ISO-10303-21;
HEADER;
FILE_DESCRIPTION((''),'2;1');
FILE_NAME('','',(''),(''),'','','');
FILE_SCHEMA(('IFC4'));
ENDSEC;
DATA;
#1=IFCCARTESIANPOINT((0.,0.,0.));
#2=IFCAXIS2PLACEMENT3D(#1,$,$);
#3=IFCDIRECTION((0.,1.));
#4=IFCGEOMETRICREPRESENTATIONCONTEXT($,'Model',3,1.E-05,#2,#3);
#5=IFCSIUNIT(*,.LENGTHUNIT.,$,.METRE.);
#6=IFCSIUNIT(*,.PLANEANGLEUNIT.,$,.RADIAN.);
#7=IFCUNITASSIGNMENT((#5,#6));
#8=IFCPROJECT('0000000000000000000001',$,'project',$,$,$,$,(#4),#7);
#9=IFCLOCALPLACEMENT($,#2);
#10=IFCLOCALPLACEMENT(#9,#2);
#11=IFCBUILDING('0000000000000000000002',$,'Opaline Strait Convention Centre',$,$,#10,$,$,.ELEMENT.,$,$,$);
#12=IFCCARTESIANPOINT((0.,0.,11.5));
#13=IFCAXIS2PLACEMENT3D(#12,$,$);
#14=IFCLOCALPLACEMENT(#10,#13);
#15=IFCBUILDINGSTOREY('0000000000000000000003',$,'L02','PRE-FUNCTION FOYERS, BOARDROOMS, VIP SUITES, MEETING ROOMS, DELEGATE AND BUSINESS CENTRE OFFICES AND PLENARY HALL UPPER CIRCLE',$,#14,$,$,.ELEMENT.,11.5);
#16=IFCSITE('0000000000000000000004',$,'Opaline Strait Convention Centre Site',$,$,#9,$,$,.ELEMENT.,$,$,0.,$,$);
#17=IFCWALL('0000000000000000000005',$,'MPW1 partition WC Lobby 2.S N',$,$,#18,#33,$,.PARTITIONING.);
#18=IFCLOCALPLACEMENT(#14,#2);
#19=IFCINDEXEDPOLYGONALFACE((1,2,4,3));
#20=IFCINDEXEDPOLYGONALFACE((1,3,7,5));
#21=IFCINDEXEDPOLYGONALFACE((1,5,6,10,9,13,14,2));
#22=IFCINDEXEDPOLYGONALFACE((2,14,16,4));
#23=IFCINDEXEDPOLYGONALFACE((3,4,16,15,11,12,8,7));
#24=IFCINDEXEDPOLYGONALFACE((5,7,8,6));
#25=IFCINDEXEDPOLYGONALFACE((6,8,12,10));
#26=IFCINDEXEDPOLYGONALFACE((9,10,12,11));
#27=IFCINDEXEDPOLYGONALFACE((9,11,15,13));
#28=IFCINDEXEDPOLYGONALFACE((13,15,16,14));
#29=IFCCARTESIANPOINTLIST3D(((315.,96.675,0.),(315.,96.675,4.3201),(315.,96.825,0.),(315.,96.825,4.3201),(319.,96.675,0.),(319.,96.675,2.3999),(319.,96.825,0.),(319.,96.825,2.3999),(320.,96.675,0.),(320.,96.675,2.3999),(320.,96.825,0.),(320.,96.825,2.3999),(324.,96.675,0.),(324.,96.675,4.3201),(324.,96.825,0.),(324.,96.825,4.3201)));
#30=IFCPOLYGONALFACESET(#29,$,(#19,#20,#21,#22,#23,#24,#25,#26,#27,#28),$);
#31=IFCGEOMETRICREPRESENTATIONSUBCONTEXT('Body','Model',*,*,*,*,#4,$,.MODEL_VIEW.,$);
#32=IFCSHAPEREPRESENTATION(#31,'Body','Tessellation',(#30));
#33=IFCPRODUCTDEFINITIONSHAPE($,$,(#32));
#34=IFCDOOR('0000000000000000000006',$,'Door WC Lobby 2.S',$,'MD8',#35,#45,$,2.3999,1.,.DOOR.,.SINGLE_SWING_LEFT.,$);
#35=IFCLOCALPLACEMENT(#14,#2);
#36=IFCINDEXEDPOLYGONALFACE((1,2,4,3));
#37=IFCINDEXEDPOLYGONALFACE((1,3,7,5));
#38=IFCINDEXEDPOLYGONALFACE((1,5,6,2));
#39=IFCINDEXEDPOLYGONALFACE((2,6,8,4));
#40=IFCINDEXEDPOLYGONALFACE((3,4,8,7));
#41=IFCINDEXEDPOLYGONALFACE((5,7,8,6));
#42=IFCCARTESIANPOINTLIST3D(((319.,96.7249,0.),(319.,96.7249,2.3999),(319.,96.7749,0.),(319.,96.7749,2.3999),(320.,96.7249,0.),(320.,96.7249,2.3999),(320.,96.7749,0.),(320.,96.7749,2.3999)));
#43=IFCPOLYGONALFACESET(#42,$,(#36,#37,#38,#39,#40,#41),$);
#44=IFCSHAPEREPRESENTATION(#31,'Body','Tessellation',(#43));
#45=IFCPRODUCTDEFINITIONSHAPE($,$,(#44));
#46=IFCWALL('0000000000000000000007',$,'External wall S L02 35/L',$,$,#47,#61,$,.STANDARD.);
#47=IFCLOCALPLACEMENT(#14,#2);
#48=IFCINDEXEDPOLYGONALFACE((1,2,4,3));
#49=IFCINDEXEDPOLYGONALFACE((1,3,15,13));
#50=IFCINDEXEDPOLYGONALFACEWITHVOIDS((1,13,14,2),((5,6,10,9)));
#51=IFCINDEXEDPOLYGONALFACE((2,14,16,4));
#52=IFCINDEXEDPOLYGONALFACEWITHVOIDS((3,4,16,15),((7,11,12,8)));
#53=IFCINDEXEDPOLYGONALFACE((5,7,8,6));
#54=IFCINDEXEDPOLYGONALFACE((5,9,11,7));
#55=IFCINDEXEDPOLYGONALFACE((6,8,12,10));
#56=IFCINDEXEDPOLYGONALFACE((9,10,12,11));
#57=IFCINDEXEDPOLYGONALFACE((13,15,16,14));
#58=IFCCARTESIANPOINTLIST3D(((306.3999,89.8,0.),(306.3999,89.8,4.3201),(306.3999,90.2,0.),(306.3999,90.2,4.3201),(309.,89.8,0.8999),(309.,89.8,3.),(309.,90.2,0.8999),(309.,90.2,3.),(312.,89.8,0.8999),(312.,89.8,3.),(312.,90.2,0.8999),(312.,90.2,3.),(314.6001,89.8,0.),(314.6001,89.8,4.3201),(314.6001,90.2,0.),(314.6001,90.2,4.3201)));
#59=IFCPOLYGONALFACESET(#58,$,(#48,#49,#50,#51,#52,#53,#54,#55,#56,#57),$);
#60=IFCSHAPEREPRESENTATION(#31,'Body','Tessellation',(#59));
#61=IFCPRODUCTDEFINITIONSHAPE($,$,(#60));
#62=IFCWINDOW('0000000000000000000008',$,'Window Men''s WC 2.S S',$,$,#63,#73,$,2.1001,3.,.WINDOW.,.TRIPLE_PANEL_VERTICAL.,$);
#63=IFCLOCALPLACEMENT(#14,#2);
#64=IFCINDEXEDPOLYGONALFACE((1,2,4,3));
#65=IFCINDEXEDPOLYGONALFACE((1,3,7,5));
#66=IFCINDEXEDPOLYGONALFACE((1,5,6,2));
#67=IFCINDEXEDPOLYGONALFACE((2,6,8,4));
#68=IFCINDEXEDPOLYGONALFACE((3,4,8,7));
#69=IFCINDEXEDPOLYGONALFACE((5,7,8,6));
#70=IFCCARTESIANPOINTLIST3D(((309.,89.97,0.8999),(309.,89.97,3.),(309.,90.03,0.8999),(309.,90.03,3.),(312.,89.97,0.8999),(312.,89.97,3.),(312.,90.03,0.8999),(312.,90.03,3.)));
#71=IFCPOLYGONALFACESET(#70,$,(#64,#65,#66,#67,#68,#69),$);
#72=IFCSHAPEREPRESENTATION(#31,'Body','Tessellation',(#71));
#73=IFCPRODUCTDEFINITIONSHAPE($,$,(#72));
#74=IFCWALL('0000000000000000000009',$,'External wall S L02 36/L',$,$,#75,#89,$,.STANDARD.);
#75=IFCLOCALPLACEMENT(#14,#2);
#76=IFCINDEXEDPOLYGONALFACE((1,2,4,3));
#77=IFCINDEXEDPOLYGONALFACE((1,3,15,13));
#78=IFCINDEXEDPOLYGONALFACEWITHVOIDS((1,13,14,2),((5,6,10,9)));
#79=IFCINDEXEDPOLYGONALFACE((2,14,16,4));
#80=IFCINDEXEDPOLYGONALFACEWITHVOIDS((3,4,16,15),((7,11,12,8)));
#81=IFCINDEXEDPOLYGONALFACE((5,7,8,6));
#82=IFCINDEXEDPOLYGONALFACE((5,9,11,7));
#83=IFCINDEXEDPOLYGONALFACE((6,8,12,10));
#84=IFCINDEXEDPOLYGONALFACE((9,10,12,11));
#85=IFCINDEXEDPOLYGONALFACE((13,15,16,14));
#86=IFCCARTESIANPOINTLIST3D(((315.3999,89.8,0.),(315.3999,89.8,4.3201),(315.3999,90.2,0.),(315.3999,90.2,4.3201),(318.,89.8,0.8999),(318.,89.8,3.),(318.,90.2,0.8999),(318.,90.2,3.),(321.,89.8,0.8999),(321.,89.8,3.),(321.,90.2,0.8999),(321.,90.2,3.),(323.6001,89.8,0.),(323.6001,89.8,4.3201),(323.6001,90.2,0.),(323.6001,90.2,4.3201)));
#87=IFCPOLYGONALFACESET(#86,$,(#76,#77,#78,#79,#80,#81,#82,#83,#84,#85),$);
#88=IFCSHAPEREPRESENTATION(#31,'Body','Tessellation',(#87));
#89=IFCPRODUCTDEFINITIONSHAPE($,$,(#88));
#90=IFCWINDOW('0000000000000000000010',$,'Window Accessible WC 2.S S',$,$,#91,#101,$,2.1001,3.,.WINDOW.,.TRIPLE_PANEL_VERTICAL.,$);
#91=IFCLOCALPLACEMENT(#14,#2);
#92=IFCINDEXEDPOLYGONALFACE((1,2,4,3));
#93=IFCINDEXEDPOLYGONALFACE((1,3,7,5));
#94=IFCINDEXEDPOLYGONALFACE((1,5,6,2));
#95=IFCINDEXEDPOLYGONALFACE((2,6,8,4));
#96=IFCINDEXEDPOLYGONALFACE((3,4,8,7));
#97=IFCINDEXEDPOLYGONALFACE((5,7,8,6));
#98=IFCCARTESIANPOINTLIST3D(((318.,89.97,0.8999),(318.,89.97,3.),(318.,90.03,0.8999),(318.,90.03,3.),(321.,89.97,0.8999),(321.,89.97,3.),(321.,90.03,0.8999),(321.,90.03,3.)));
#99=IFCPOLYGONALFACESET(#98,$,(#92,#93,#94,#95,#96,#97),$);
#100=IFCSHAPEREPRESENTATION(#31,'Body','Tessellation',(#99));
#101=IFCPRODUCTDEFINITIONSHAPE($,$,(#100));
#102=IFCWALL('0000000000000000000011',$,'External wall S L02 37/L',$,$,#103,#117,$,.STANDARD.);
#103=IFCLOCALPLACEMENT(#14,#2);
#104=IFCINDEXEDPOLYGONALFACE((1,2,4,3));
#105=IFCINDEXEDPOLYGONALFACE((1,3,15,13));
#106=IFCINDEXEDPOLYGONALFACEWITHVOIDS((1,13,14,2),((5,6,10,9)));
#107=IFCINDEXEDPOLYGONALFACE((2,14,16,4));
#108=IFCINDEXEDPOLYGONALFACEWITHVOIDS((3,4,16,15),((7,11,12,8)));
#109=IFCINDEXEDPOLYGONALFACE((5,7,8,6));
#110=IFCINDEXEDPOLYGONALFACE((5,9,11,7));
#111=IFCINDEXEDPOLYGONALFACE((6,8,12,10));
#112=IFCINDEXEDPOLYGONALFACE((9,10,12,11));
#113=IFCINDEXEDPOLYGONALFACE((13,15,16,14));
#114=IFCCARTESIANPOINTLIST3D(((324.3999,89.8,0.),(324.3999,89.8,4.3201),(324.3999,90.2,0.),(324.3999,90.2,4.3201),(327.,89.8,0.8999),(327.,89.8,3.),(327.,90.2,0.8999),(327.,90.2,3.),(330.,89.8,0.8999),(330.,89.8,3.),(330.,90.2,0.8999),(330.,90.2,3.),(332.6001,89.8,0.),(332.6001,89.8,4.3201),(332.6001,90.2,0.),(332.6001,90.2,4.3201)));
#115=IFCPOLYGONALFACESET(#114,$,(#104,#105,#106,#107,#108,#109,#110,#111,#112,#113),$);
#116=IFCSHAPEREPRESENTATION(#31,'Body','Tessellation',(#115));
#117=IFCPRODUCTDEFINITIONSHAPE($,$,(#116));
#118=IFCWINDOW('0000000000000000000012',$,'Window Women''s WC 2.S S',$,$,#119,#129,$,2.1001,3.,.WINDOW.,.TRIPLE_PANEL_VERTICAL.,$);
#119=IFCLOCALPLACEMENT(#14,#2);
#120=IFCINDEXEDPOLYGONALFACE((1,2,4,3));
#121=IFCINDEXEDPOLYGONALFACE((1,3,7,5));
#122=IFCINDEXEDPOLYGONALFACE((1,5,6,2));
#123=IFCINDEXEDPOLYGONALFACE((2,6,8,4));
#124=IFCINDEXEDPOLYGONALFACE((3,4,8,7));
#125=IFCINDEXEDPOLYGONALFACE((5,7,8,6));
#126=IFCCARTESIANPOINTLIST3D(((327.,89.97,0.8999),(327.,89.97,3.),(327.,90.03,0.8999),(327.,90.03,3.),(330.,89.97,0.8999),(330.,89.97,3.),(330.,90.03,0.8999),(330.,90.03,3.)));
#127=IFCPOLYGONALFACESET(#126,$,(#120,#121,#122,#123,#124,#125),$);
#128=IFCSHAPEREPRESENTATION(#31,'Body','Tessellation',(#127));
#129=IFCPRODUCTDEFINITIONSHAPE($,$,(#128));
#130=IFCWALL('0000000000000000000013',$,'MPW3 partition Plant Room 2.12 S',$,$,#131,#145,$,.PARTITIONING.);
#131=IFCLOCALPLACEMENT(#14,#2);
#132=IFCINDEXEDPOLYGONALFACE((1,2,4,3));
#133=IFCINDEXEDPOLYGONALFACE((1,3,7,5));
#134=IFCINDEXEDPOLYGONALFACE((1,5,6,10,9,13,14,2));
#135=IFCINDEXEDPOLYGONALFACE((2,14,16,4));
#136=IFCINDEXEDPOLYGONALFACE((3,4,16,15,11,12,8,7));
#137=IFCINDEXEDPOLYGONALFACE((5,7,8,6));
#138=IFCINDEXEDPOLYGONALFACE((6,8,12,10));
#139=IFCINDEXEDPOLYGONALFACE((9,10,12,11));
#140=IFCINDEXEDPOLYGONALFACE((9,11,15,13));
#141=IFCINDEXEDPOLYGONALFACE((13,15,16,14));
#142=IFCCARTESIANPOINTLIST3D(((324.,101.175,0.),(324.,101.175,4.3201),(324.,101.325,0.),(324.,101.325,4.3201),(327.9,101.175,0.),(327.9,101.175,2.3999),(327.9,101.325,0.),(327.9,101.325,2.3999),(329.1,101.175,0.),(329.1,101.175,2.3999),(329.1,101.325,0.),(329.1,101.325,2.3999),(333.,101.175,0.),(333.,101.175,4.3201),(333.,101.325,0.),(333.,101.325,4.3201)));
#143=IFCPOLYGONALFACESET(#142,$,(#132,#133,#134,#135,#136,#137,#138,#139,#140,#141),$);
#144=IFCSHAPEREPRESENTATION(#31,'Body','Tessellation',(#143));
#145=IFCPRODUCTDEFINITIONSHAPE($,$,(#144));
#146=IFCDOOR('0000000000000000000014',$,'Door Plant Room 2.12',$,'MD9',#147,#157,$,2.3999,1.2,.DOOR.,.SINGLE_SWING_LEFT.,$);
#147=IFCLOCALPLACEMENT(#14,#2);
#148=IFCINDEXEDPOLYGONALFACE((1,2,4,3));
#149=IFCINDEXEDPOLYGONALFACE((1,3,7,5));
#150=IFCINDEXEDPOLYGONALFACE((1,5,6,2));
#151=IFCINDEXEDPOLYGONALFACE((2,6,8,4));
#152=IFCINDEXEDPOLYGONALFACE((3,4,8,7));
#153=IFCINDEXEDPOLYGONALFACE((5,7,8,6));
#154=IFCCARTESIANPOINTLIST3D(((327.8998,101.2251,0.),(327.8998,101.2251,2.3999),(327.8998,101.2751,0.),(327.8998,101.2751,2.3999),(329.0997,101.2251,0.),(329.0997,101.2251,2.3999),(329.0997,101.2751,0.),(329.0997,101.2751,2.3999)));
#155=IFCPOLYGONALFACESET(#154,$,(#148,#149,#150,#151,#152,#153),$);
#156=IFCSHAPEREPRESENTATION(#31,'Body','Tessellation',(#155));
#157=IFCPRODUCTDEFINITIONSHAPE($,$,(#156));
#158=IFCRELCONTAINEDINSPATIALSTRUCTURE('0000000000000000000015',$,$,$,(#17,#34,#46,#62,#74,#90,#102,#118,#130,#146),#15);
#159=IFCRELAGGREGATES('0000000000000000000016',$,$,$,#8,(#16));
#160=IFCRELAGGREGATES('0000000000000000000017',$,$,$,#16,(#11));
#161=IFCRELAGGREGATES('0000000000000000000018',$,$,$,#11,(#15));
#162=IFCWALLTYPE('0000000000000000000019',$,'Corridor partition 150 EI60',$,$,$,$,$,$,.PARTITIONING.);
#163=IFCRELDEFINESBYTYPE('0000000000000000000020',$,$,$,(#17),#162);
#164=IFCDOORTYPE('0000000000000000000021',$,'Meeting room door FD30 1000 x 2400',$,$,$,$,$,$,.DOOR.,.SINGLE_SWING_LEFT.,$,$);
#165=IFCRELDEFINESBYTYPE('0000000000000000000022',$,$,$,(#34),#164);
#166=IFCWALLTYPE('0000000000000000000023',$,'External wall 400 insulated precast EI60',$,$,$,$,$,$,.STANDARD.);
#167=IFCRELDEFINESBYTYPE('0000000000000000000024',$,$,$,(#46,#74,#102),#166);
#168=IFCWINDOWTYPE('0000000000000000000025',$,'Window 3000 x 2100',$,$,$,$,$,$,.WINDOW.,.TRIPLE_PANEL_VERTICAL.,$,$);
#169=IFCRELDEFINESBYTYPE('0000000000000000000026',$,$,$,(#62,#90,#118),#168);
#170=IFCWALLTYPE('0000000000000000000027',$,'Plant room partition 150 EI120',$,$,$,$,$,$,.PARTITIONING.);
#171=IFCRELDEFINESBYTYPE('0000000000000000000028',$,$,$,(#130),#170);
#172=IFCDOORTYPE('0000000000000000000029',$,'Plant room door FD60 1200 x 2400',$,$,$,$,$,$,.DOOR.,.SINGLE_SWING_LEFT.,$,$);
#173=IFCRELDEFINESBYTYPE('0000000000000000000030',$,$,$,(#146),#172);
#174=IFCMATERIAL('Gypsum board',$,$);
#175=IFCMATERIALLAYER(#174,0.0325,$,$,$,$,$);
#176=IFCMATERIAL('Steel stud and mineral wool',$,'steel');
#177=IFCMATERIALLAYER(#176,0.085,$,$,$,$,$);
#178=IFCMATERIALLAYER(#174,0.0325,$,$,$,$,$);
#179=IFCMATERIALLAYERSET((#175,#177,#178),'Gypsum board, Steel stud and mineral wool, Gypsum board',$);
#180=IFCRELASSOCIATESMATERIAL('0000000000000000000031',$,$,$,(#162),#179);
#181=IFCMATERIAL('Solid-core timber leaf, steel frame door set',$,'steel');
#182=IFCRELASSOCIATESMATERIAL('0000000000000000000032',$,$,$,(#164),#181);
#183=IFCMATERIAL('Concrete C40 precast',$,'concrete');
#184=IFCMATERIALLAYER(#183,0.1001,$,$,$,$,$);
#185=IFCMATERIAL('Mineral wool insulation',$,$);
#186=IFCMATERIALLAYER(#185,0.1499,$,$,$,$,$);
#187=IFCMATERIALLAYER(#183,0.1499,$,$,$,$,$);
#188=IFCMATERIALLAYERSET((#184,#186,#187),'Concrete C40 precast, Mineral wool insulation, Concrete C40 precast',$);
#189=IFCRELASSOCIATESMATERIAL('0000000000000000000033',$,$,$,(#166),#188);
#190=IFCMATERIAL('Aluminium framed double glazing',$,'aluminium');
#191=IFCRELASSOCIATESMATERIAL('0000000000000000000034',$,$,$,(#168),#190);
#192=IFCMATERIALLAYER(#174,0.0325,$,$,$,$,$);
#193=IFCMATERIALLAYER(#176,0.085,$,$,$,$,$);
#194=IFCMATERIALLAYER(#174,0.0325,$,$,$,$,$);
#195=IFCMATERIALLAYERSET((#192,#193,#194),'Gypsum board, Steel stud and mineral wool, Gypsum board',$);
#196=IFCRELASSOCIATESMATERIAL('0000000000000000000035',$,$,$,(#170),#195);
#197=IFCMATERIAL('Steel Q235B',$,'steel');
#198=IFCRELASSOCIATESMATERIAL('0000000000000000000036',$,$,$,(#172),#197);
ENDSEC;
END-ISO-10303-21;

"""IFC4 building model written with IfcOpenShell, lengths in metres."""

from ifc_helpers import new_model, si_unit, direction, frame, frame_2d, origin, place, context, subcontext, project, spatial, rectangle, extrude, material, layer, layer_set, type_object, element, fill, save


model = new_model("IFC4")

# Units and contexts
model_context = context("Model", 3, precision=1e-05, world=origin(), true_north=direction((0.0, 1.0)))
body_context = subcontext(model_context, "Body", "Model", "MODEL_VIEW")
ifc_project = project(units=[si_unit("LENGTHUNIT", "METRE"), si_unit("PLANEANGLEUNIT", "RADIAN")], contexts=[model_context])

# Site, building, storey
site_placement = place(None, origin())
site = spatial("IfcSite", under=ifc_project, at=site_placement, Name="Opaline Strait Convention Centre Site", CompositionType="ELEMENT", RefElevation=0.0)
building_placement = place(site_placement, origin())
building = spatial("IfcBuilding", under=site, at=building_placement, Name="Opaline Strait Convention Centre", CompositionType="ELEMENT")
storey_placement = place(building_placement, frame((0.0, 0.0, 11.5)))
storey = spatial("IfcBuildingStorey", under=building, at=storey_placement, Name="L02", Description="PRE-FUNCTION FOYERS, BOARDROOMS, VIP SUITES, MEETING ROOMS, DELEGATE AND BUSINESS CENTRE OFFICES AND PLENARY HALL UPPER CIRCLE", CompositionType="ELEMENT", Elevation=11.5)

# Shared definitions
ifc_material_1 = material(Name="Gypsum board")
ifc_layer_1 = layer(ifc_material_1, 0.0325)
ifc_material_2 = material(Name="Steel stud and mineral wool", Category="steel")
ifc_layer_2 = layer(ifc_material_2, 0.085)
ifc_layer_3 = layer(ifc_material_1, 0.0325)
ifc_layer_set_1 = layer_set([ifc_layer_1, ifc_layer_2, ifc_layer_3], Name="Gypsum board, Steel stud and mineral wool, Gypsum board")
wall_type_1 = type_object("IfcWallType", Name="Corridor partition 150 EI60", PredefinedType="PARTITIONING", material=ifc_layer_set_1)

# Wall, opening, door
wall_1_placement = place(storey_placement, frame((315.0, 96.75, 0.0), z_axis=(0.0, 0.0, 1.0), x_axis=(1.0, 0.0, 0.0)))
wall_1 = element("IfcWall", 1, at=wall_1_placement, inside=storey, type_object=wall_type_1, Name="MPW1 partition WC Lobby 2.S N", PredefinedType="PARTITIONING", context=body_context, shape_type="SweptSolid", body=[
    extrude(rectangle(XDim=9.0, YDim=0.1499, at=frame_2d((4.5, 0.0))), origin(), (0.0, 0.0, 1.0), 4.3201),
])
opening_1_placement = place(wall_1_placement, frame((4.0, 0.0, 0.0)))
opening_1 = element("IfcOpeningElement", 2, at=opening_1_placement, cuts=wall_1, PredefinedType="OPENING", context=body_context, shape_type="SweptSolid", body=[
    extrude(rectangle(XDim=1.0, YDim=2.3999, at=frame_2d((0.5, 1.2))), frame((0.0, 0.085, 0.0), z_axis=(0.0, -1.0, 0.0), x_axis=(1.0, 0.0, 0.0)), (0.0, 0.0, 1.0), 0.1699),
])
ifc_material_3 = material(Name="Solid-core timber leaf, steel frame door set", Category="steel")
door_type_1 = type_object("IfcDoorType", Name="Meeting room door FD30 1000 x 2400", OperationType="SINGLE_SWING_LEFT", PredefinedType="DOOR", material=ifc_material_3)
door_1_placement = place(opening_1_placement, origin())
door_1 = element("IfcDoor", 3, at=door_1_placement, inside=storey, type_object=door_type_1, Name="Door WC Lobby 2.S", ObjectType="MD8", OperationType="SINGLE_SWING_LEFT", OverallHeight=2.3999, OverallWidth=1.0, PredefinedType="DOOR", context=body_context, shape_type="SweptSolid", body=[
    extrude(rectangle(XDim=1.0, YDim=2.3999, at=frame_2d((0.5, 1.2))), frame((0.0, 0.0249, 0.0), z_axis=(0.0, -1.0, 0.0), x_axis=(1.0, 0.0, 0.0)), (0.0, 0.0, 1.0), 0.05),
])
fill(opening_1, door_1)

# Walls, openings, windows
ifc_material_4 = material(Name="Concrete C40 precast", Category="concrete")
ifc_layer_4 = layer(ifc_material_4, 0.1001)
ifc_material_5 = material(Name="Mineral wool insulation")
ifc_layer_5 = layer(ifc_material_5, 0.1499)
ifc_layer_6 = layer(ifc_material_4, 0.1499)
ifc_layer_set_2 = layer_set([ifc_layer_4, ifc_layer_5, ifc_layer_6], Name="Concrete C40 precast, Mineral wool insulation, Concrete C40 precast")
wall_type_2 = type_object("IfcWallType", Name="External wall 400 insulated precast EI60", PredefinedType="STANDARD", material=ifc_layer_set_2)
wall_2_placement = place(storey_placement, frame((306.3999, 90.0, 0.0), z_axis=(0.0, 0.0, 1.0), x_axis=(1.0, 0.0, 0.0)))
wall_2 = element("IfcWall", 4, at=wall_2_placement, inside=storey, type_object=wall_type_2, Name="External wall S L02 35/L", PredefinedType="STANDARD", context=body_context, shape_type="SweptSolid", body=[
    extrude(rectangle(XDim=8.2002, YDim=0.3999, at=frame_2d((4.1001, 0.0))), origin(), (0.0, 0.0, 1.0), 4.3201),
])
opening_2_placement = place(wall_2_placement, frame((2.6001, 0.0, 0.8999)))
opening_2 = element("IfcOpeningElement", 5, at=opening_2_placement, cuts=wall_2, PredefinedType="OPENING", context=body_context, shape_type="SweptSolid", body=[
    extrude(rectangle(XDim=3.0, YDim=2.1001, at=frame_2d((1.5, 1.05))), frame((0.0, 0.21, 0.0), z_axis=(0.0, -1.0, 0.0), x_axis=(1.0, 0.0, 0.0)), (0.0, 0.0, 1.0), 0.4199),
])
ifc_material_6 = material(Name="Aluminium framed double glazing", Category="aluminium")
window_type = type_object("IfcWindowType", Name="Window 3000 x 2100", PartitioningType="TRIPLE_PANEL_VERTICAL", PredefinedType="WINDOW", material=ifc_material_6)
window_1_placement = place(opening_2_placement, origin())
window_1 = element("IfcWindow", 6, at=window_1_placement, inside=storey, type_object=window_type, Name="Window Men's WC 2.S S", OverallHeight=2.1001, OverallWidth=3.0, PartitioningType="TRIPLE_PANEL_VERTICAL", PredefinedType="WINDOW", context=body_context, shape_type="SweptSolid", body=[
    extrude(rectangle(XDim=3.0, YDim=2.1001, at=frame_2d((1.5, 1.05))), frame((0.0, 0.03, 0.0), z_axis=(0.0, -1.0, 0.0), x_axis=(1.0, 0.0, 0.0)), (0.0, 0.0, 1.0), 0.0601),
])
fill(opening_2, window_1)
wall_3_placement = place(storey_placement, frame((315.3999, 90.0, 0.0), z_axis=(0.0, 0.0, 1.0), x_axis=(1.0, 0.0, 0.0)))
wall_3 = element("IfcWall", 7, at=wall_3_placement, inside=storey, type_object=wall_type_2, Name="External wall S L02 36/L", PredefinedType="STANDARD", context=body_context, shape_type="SweptSolid", body=[
    extrude(rectangle(XDim=8.2002, YDim=0.3999, at=frame_2d((4.1001, 0.0))), origin(), (0.0, 0.0, 1.0), 4.3201),
])
opening_3_placement = place(wall_3_placement, frame((2.6001, 0.0, 0.8999)))
opening_3 = element("IfcOpeningElement", 8, at=opening_3_placement, cuts=wall_3, PredefinedType="OPENING", context=body_context, shape_type="SweptSolid", body=[
    extrude(rectangle(XDim=3.0, YDim=2.1001, at=frame_2d((1.5, 1.05))), frame((0.0, 0.21, 0.0), z_axis=(0.0, -1.0, 0.0), x_axis=(1.0, 0.0, 0.0)), (0.0, 0.0, 1.0), 0.4199),
])
window_2_placement = place(opening_3_placement, origin())
window_2 = element("IfcWindow", 9, at=window_2_placement, inside=storey, type_object=window_type, Name="Window Accessible WC 2.S S", OverallHeight=2.1001, OverallWidth=3.0, PartitioningType="TRIPLE_PANEL_VERTICAL", PredefinedType="WINDOW", context=body_context, shape_type="SweptSolid", body=[
    extrude(rectangle(XDim=3.0, YDim=2.1001, at=frame_2d((1.5, 1.05))), frame((0.0, 0.03, 0.0), z_axis=(0.0, -1.0, 0.0), x_axis=(1.0, 0.0, 0.0)), (0.0, 0.0, 1.0), 0.0601),
])
fill(opening_3, window_2)
wall_4_placement = place(storey_placement, frame((324.3999, 90.0, 0.0), z_axis=(0.0, 0.0, 1.0), x_axis=(1.0, 0.0, 0.0)))
wall_4 = element("IfcWall", 10, at=wall_4_placement, inside=storey, type_object=wall_type_2, Name="External wall S L02 37/L", PredefinedType="STANDARD", context=body_context, shape_type="SweptSolid", body=[
    extrude(rectangle(XDim=8.2002, YDim=0.3999, at=frame_2d((4.1001, 0.0))), origin(), (0.0, 0.0, 1.0), 4.3201),
])
opening_4_placement = place(wall_4_placement, frame((2.6001, 0.0, 0.8999)))
opening_4 = element("IfcOpeningElement", 11, at=opening_4_placement, cuts=wall_4, PredefinedType="OPENING", context=body_context, shape_type="SweptSolid", body=[
    extrude(rectangle(XDim=3.0, YDim=2.1001, at=frame_2d((1.5, 1.05))), frame((0.0, 0.21, 0.0), z_axis=(0.0, -1.0, 0.0), x_axis=(1.0, 0.0, 0.0)), (0.0, 0.0, 1.0), 0.4199),
])
window_3_placement = place(opening_4_placement, origin())
window_3 = element("IfcWindow", 12, at=window_3_placement, inside=storey, type_object=window_type, Name="Window Women's WC 2.S S", OverallHeight=2.1001, OverallWidth=3.0, PartitioningType="TRIPLE_PANEL_VERTICAL", PredefinedType="WINDOW", context=body_context, shape_type="SweptSolid", body=[
    extrude(rectangle(XDim=3.0, YDim=2.1001, at=frame_2d((1.5, 1.05))), frame((0.0, 0.03, 0.0), z_axis=(0.0, -1.0, 0.0), x_axis=(1.0, 0.0, 0.0)), (0.0, 0.0, 1.0), 0.0601),
])
fill(opening_4, window_3)

# Wall, opening, door
ifc_layer_7 = layer(ifc_material_1, 0.0325)
ifc_layer_8 = layer(ifc_material_2, 0.085)
ifc_layer_9 = layer(ifc_material_1, 0.0325)
ifc_layer_set_3 = layer_set([ifc_layer_7, ifc_layer_8, ifc_layer_9], Name="Gypsum board, Steel stud and mineral wool, Gypsum board")
wall_type_3 = type_object("IfcWallType", Name="Plant room partition 150 EI120", PredefinedType="PARTITIONING", material=ifc_layer_set_3)
wall_5_placement = place(storey_placement, frame((324.0, 101.25, 0.0), z_axis=(0.0, 0.0, 1.0), x_axis=(1.0, 0.0, 0.0)))
wall_5 = element("IfcWall", 13, at=wall_5_placement, inside=storey, type_object=wall_type_3, Name="MPW3 partition Plant Room 2.12 S", PredefinedType="PARTITIONING", context=body_context, shape_type="SweptSolid", body=[
    extrude(rectangle(XDim=9.0, YDim=0.1499, at=frame_2d((4.5, 0.0))), origin(), (0.0, 0.0, 1.0), 4.3201),
])
opening_5_placement = place(wall_5_placement, frame((3.8999, 0.0, 0.0)))
opening_5 = element("IfcOpeningElement", 14, at=opening_5_placement, cuts=wall_5, PredefinedType="OPENING", context=body_context, shape_type="SweptSolid", body=[
    extrude(rectangle(XDim=1.2, YDim=2.3999, at=frame_2d((0.6001, 1.2))), frame((0.0, 0.085, 0.0), z_axis=(0.0, -1.0, 0.0), x_axis=(1.0, 0.0, 0.0)), (0.0, 0.0, 1.0), 0.1699),
])
ifc_material_7 = material(Name="Steel Q235B", Category="steel")
door_type_2 = type_object("IfcDoorType", Name="Plant room door FD60 1200 x 2400", OperationType="SINGLE_SWING_LEFT", PredefinedType="DOOR", material=ifc_material_7)
door_2_placement = place(opening_5_placement, frame((1.2, 0.0, 0.0), z_axis=(0.0, 0.0, 1.0), x_axis=(-1.0, 0.0, 0.0)))
door_2 = element("IfcDoor", 15, at=door_2_placement, inside=storey, type_object=door_type_2, Name="Door Plant Room 2.12", ObjectType="MD9", OperationType="SINGLE_SWING_LEFT", OverallHeight=2.3999, OverallWidth=1.2, PredefinedType="DOOR", context=body_context, shape_type="SweptSolid", body=[
    extrude(rectangle(XDim=1.2, YDim=2.3999, at=frame_2d((0.6001, 1.2))), frame((0.0, 0.0249, 0.0), z_axis=(0.0, -1.0, 0.0), x_axis=(1.0, 0.0, 0.0)), (0.0, 0.0, 1.0), 0.05),
])
fill(opening_5, door_2)

save(model, "model.ifc")
